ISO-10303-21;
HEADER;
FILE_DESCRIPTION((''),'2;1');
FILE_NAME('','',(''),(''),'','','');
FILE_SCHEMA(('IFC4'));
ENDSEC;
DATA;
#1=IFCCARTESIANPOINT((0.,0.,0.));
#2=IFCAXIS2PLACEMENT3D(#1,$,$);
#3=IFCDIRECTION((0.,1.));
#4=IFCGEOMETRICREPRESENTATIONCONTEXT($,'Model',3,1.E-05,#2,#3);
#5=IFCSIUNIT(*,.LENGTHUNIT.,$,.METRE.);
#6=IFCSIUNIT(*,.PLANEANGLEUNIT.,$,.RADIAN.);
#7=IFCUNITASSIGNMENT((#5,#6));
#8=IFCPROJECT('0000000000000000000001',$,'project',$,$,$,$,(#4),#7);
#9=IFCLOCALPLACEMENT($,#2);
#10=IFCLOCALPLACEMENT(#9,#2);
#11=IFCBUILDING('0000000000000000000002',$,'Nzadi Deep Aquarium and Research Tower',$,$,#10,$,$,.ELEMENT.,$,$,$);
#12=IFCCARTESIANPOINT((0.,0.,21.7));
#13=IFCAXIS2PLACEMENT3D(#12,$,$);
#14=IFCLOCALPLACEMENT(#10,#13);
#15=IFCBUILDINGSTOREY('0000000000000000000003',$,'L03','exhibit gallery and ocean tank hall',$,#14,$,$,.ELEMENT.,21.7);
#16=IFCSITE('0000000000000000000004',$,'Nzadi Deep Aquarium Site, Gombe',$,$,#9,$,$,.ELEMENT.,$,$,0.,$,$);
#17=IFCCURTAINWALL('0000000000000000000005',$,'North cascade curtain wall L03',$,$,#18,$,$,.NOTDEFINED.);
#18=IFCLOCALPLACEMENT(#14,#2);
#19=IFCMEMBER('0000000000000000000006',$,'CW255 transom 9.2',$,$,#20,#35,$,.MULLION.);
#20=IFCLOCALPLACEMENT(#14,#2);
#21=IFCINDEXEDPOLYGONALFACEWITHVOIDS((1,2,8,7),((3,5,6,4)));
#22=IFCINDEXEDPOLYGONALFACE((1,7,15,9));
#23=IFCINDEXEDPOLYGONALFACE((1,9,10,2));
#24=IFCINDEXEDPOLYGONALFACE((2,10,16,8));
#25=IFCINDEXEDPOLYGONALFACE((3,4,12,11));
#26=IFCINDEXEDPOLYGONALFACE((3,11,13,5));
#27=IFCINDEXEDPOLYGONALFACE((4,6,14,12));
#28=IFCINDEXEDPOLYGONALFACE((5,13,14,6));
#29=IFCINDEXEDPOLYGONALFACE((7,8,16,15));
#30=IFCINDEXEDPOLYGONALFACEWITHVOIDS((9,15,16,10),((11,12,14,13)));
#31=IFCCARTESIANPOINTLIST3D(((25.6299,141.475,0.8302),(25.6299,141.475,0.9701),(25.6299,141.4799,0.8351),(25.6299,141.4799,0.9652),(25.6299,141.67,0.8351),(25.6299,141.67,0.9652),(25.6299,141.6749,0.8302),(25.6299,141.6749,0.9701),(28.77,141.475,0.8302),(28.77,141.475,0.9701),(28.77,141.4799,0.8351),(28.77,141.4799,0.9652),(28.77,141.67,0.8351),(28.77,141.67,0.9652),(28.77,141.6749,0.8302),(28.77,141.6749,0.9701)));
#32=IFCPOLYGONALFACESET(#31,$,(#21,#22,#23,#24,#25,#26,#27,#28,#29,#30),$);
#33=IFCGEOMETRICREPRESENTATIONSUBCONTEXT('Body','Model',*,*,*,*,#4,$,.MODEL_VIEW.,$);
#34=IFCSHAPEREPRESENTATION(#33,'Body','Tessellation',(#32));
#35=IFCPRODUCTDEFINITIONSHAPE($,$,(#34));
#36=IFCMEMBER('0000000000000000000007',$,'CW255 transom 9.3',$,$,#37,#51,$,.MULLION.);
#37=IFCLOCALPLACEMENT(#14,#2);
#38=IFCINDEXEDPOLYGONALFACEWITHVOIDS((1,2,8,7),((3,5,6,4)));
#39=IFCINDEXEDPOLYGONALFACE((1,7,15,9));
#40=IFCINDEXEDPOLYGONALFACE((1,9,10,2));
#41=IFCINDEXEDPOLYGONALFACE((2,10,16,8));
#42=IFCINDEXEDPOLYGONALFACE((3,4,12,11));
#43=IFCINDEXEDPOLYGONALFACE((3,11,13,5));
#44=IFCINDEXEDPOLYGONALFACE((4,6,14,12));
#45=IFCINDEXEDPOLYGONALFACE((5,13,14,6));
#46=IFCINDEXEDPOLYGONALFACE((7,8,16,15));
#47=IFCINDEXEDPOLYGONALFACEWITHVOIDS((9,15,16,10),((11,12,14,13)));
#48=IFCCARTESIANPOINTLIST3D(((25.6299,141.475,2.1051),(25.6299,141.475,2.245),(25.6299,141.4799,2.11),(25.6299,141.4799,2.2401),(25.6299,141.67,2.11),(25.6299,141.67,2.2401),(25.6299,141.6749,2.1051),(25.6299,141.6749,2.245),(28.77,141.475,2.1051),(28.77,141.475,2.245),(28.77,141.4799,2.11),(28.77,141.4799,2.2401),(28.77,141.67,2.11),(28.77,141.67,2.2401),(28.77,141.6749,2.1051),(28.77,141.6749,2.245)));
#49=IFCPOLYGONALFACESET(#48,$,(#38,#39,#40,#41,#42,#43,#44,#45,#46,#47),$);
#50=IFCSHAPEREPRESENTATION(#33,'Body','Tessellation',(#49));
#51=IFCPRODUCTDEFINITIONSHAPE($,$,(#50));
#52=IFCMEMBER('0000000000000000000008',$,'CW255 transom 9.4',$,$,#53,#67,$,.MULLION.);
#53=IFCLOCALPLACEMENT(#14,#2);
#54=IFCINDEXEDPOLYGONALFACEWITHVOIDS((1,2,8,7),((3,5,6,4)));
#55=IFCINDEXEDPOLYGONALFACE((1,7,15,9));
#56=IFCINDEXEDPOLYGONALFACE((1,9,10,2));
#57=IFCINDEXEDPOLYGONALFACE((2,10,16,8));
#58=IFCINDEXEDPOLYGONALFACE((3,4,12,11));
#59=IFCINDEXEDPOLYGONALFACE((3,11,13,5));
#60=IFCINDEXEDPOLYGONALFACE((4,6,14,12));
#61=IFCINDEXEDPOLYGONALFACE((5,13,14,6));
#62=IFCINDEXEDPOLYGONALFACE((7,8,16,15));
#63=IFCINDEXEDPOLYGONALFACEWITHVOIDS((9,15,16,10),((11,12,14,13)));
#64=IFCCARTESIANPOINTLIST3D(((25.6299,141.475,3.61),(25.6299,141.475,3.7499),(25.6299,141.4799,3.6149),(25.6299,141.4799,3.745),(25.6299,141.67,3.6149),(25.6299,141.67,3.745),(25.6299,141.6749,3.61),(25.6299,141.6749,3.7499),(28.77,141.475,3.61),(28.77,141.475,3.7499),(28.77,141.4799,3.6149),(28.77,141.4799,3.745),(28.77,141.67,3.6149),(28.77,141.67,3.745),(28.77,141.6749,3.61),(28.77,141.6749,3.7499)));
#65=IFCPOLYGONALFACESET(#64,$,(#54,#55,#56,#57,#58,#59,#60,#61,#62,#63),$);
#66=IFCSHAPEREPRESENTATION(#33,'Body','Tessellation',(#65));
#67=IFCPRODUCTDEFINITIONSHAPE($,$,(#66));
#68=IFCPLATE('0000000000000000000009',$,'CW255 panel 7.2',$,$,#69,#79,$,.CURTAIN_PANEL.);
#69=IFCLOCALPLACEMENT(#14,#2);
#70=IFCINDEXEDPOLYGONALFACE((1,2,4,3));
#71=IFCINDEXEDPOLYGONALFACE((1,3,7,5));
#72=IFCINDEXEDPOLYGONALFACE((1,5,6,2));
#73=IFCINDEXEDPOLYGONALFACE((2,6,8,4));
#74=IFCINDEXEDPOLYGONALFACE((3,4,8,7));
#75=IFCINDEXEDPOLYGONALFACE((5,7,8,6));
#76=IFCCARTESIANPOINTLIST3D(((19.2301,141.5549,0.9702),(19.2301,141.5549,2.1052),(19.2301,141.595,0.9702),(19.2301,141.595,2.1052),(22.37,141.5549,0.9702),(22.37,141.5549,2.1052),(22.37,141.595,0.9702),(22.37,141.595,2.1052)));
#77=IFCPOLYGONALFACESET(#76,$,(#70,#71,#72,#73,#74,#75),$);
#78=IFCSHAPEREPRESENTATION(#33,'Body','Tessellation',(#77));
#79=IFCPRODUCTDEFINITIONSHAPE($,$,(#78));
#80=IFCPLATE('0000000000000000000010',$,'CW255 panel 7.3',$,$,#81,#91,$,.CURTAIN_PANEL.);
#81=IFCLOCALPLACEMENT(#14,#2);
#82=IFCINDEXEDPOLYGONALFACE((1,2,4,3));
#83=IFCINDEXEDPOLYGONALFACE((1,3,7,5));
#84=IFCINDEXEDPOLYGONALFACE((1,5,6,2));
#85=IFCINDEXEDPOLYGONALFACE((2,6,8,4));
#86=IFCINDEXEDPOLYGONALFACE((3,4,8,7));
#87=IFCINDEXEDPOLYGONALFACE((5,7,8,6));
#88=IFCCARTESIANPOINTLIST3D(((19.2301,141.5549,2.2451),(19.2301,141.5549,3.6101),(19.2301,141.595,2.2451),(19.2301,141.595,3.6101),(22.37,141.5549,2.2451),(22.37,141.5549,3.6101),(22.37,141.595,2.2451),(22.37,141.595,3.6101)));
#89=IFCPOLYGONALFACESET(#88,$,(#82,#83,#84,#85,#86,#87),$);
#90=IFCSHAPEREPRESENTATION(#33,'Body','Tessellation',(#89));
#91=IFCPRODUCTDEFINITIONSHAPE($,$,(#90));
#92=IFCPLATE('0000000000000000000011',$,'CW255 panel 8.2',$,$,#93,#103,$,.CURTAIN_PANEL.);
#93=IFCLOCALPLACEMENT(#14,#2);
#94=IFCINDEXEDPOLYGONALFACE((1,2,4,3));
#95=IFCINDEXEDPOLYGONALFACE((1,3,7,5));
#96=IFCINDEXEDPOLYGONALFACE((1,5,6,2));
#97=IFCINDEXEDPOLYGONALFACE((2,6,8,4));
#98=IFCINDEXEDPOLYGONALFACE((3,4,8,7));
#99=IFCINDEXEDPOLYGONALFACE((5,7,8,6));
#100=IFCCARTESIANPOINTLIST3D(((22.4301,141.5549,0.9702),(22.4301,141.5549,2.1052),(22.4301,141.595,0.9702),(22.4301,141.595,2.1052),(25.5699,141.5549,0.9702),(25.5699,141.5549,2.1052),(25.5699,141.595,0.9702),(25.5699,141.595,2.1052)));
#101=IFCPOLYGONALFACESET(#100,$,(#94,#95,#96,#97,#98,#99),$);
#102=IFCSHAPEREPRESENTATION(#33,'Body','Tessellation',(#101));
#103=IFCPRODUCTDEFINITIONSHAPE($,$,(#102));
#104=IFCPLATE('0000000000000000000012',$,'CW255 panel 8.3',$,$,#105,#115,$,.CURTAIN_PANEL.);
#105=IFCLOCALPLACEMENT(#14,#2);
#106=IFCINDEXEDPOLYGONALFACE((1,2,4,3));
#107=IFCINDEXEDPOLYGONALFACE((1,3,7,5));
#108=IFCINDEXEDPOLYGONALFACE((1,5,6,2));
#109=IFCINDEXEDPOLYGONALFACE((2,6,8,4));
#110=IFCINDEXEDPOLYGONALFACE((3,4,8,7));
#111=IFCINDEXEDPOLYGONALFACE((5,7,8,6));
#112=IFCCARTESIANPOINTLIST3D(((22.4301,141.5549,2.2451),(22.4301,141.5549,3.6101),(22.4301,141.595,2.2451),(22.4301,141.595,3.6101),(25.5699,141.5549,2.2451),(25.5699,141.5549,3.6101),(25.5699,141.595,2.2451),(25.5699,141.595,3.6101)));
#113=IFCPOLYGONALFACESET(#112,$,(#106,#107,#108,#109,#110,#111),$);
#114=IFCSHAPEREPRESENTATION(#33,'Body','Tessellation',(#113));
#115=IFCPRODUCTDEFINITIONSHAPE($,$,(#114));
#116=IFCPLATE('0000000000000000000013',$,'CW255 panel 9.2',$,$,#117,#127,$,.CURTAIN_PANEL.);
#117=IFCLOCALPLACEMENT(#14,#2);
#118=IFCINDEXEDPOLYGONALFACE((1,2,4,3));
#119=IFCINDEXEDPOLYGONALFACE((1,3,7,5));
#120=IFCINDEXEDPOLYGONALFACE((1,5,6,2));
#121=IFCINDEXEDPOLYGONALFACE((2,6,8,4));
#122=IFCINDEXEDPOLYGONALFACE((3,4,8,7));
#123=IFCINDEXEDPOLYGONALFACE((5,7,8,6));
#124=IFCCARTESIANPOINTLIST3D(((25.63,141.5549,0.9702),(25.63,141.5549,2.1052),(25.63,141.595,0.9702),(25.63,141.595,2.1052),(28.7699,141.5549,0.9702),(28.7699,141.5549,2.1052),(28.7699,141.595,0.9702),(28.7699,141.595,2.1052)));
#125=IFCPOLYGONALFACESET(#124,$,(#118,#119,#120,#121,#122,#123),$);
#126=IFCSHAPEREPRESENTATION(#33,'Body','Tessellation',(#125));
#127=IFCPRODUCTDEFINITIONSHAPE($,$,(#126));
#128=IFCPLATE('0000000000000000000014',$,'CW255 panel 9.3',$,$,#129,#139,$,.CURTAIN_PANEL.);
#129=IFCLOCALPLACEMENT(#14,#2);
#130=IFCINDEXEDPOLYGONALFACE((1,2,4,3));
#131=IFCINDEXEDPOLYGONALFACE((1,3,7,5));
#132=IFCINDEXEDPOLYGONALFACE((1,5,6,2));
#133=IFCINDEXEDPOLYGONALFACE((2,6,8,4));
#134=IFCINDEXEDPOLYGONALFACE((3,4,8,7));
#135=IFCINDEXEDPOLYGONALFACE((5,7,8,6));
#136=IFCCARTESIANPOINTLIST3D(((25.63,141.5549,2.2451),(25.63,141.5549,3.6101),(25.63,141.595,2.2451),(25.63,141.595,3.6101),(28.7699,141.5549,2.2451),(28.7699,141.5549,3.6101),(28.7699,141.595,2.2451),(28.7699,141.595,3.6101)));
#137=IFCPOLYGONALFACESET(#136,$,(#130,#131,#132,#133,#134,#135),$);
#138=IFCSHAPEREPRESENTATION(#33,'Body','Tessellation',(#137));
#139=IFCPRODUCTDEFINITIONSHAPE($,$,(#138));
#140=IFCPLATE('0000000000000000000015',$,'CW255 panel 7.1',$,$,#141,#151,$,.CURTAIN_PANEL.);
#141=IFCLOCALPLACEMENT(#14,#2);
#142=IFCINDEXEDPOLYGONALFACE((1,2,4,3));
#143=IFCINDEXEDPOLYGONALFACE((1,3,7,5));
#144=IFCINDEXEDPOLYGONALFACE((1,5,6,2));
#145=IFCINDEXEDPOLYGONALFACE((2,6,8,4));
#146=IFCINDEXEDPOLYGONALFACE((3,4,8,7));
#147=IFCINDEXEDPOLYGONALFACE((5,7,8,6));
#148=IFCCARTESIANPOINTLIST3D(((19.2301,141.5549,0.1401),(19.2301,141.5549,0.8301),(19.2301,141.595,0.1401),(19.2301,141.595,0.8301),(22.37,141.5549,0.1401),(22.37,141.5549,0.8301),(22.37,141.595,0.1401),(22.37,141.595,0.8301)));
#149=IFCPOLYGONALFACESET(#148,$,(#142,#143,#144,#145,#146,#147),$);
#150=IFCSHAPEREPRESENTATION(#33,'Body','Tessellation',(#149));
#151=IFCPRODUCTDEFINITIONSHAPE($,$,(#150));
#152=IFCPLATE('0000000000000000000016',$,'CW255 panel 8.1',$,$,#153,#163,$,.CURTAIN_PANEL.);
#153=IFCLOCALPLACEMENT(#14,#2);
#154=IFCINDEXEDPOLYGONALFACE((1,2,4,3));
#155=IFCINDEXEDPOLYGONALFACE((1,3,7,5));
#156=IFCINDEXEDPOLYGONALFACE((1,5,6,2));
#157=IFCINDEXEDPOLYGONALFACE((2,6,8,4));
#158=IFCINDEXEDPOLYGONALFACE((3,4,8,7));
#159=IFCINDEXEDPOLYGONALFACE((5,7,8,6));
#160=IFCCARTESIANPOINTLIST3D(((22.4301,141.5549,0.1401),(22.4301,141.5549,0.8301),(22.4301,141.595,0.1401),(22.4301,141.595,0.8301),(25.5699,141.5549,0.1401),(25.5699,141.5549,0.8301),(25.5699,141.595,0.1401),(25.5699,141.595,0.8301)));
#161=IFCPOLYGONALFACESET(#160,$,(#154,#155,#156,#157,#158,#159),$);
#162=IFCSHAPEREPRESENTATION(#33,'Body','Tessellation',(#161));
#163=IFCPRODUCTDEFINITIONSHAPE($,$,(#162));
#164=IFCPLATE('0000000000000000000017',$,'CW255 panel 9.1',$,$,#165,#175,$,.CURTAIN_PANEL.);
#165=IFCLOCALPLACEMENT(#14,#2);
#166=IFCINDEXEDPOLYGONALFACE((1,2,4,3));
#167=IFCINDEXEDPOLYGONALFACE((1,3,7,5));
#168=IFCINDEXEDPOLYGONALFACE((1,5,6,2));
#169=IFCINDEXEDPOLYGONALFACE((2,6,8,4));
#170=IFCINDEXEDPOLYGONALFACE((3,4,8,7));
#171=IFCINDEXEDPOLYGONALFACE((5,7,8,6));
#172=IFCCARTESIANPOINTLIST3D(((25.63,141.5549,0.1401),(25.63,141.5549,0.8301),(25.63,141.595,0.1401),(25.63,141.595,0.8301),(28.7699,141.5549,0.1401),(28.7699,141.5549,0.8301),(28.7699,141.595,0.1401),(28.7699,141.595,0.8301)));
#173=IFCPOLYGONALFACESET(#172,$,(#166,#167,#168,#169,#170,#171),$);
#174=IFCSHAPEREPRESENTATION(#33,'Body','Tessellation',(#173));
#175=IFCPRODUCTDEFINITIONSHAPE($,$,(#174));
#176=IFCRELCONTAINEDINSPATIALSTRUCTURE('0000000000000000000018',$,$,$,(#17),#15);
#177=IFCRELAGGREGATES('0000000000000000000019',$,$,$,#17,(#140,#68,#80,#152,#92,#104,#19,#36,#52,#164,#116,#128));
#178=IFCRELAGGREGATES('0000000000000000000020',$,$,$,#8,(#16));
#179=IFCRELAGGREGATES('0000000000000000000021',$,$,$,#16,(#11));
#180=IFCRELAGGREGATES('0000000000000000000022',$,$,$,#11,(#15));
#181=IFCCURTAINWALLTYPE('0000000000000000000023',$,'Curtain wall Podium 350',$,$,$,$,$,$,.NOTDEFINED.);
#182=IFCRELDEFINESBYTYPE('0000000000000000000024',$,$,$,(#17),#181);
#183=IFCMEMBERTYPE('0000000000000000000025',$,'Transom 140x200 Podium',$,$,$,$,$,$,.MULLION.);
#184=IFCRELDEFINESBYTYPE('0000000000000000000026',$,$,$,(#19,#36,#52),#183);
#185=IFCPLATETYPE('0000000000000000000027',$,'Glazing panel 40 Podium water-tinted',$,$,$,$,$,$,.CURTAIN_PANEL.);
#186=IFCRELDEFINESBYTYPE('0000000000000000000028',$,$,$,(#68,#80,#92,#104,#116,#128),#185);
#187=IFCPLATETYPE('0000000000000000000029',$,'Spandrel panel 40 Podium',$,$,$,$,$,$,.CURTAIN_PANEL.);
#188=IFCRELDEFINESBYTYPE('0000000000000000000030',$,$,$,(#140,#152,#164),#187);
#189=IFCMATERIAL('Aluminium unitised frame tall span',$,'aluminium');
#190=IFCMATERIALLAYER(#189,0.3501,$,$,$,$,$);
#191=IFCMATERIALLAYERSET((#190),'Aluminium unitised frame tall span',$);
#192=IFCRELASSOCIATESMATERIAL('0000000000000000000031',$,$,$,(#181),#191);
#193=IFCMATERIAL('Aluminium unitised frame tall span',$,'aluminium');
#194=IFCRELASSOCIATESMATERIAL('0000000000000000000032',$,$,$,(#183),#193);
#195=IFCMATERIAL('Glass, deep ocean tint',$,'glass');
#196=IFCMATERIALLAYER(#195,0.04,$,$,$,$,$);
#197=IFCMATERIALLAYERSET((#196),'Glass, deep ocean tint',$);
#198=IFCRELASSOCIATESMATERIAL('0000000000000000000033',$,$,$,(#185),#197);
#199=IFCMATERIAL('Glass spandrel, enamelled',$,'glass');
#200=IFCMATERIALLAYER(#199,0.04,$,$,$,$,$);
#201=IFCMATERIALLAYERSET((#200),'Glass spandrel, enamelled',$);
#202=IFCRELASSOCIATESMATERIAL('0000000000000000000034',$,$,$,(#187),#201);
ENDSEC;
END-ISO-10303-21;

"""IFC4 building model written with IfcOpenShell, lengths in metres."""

from ifc_helpers import new_model, si_unit, direction, frame, origin, origin_2d, place, context, subcontext, project, spatial, rectangle, hollow_rectangle, extrude, material, layer, layer_set, material_profile, profile_set, type_object, element, aggregate, save


model = new_model("IFC4")

# Units and contexts
model_context = context("Model", 3, precision=1e-05, world=origin(), true_north=direction((0.0, 1.0)))
body_context = subcontext(model_context, "Body", "Model", "MODEL_VIEW")
ifc_project = project(units=[si_unit("LENGTHUNIT", "METRE"), si_unit("PLANEANGLEUNIT", "RADIAN")], contexts=[model_context])

# Site, building, storey
site_placement = place(None, origin())
site = spatial("IfcSite", under=ifc_project, at=site_placement, Name="Nzadi Deep Aquarium Site, Gombe", CompositionType="ELEMENT", RefElevation=0.0)
building_placement = place(site_placement, origin())
building = spatial("IfcBuilding", under=site, at=building_placement, Name="Nzadi Deep Aquarium and Research Tower", CompositionType="ELEMENT")
storey_placement = place(building_placement, frame((0.0, 0.0, 21.7)))
storey = spatial("IfcBuildingStorey", under=building, at=storey_placement, Name="L03", Description="exhibit gallery and ocean tank hall", CompositionType="ELEMENT", Elevation=21.7)

# Curtain wall
ifc_material_1 = material(Name="Aluminium unitised frame tall span", Category="aluminium")
ifc_layer_1 = layer(ifc_material_1, 0.3501)
ifc_layer_set_1 = layer_set([ifc_layer_1], Name="Aluminium unitised frame tall span")
curtain_wall_type = type_object("IfcCurtainWallType", Name="Curtain wall Podium 350", PredefinedType="NOTDEFINED", material=ifc_layer_set_1)
curtain_wall_placement = place(storey_placement, origin())
curtain_wall = element("IfcCurtainWall", 1, at=curtain_wall_placement, inside=storey, type_object=curtain_wall_type, Name="North cascade curtain wall L03", PredefinedType="NOTDEFINED")

# Members
ifc_material_2 = material(Name="Aluminium unitised frame tall span", Category="aluminium")
ifc_material_profile_1 = material_profile(ifc_material_2, hollow_rectangle(XDim=0.2, YDim=0.1399, WallThickness=0.0049, at=origin_2d()))
ifc_profile_set_1 = profile_set([ifc_material_profile_1], Name="Aluminium unitised frame tall span")
member_type_1 = type_object("IfcMemberType", Name="Transom 140x200 Podium", PredefinedType="MULLION", material=ifc_profile_set_1)
member_1_placement = place(storey_placement, frame((25.6299, 141.575, 0.9001), z_axis=(1.0, 0.0, 0.0), x_axis=(0.0, 1.0, 0.0)))
member_1 = element("IfcMember", 2, at=member_1_placement, type_object=member_type_1, Name="CW255 transom 9.2", PredefinedType="MULLION", context=body_context, shape_type="SweptSolid", body=[
    extrude(hollow_rectangle(XDim=0.2, YDim=0.1399, WallThickness=0.0049, at=origin_2d()), origin(), (0.0, 0.0, 1.0), 3.1401),
])
member_2_placement = place(storey_placement, frame((25.6299, 141.575, 2.175), z_axis=(1.0, 0.0, 0.0), x_axis=(0.0, 1.0, 0.0)))
member_2 = element("IfcMember", 3, at=member_2_placement, type_object=member_type_1, Name="CW255 transom 9.3", PredefinedType="MULLION", context=body_context, shape_type="SweptSolid", body=[
    extrude(hollow_rectangle(XDim=0.2, YDim=0.1399, WallThickness=0.0049, at=origin_2d()), origin(), (0.0, 0.0, 1.0), 3.1401),
])
member_3_placement = place(storey_placement, frame((25.6299, 141.575, 3.6799), z_axis=(1.0, 0.0, 0.0), x_axis=(0.0, 1.0, 0.0)))
member_3 = element("IfcMember", 4, at=member_3_placement, type_object=member_type_1, Name="CW255 transom 9.4", PredefinedType="MULLION", context=body_context, shape_type="SweptSolid", body=[
    extrude(hollow_rectangle(XDim=0.2, YDim=0.1399, WallThickness=0.0049, at=origin_2d()), origin(), (0.0, 0.0, 1.0), 3.1401),
])

# Plates
ifc_material_3 = material(Name="Glass, deep ocean tint", Category="glass")
ifc_layer_2 = layer(ifc_material_3, 0.04)
ifc_layer_set_2 = layer_set([ifc_layer_2], Name="Glass, deep ocean tint")
plate_type_1 = type_object("IfcPlateType", Name="Glazing panel 40 Podium water-tinted", PredefinedType="CURTAIN_PANEL", material=ifc_layer_set_2)
plate_1_placement = place(storey_placement, frame((20.8, 141.575, 0.9702), z_axis=(0.0, 0.0, 1.0), x_axis=(1.0, 0.0, 0.0)))
plate_1 = element("IfcPlate", 5, at=plate_1_placement, type_object=plate_type_1, Name="CW255 panel 7.2", PredefinedType="CURTAIN_PANEL", context=body_context, shape_type="SweptSolid", body=[
    extrude(rectangle(XDim=3.1399, YDim=0.04, at=origin_2d()), origin(), (0.0, 0.0, 1.0), 1.135),
])
plate_2_placement = place(storey_placement, frame((20.8, 141.575, 2.2451), z_axis=(0.0, 0.0, 1.0), x_axis=(1.0, 0.0, 0.0)))
plate_2 = element("IfcPlate", 6, at=plate_2_placement, type_object=plate_type_1, Name="CW255 panel 7.3", PredefinedType="CURTAIN_PANEL", context=body_context, shape_type="SweptSolid", body=[
    extrude(rectangle(XDim=3.1399, YDim=0.04, at=origin_2d()), origin(), (0.0, 0.0, 1.0), 1.365),
])
plate_3_placement = place(storey_placement, frame((24.0, 141.575, 0.9702), z_axis=(0.0, 0.0, 1.0), x_axis=(1.0, 0.0, 0.0)))
plate_3 = element("IfcPlate", 7, at=plate_3_placement, type_object=plate_type_1, Name="CW255 panel 8.2", PredefinedType="CURTAIN_PANEL", context=body_context, shape_type="SweptSolid", body=[
    extrude(rectangle(XDim=3.1399, YDim=0.04, at=origin_2d()), origin(), (0.0, 0.0, 1.0), 1.135),
])
plate_4_placement = place(storey_placement, frame((24.0, 141.575, 2.2451), z_axis=(0.0, 0.0, 1.0), x_axis=(1.0, 0.0, 0.0)))
plate_4 = element("IfcPlate", 8, at=plate_4_placement, type_object=plate_type_1, Name="CW255 panel 8.3", PredefinedType="CURTAIN_PANEL", context=body_context, shape_type="SweptSolid", body=[
    extrude(rectangle(XDim=3.1399, YDim=0.04, at=origin_2d()), origin(), (0.0, 0.0, 1.0), 1.365),
])
plate_5_placement = place(storey_placement, frame((27.2, 141.575, 0.9702), z_axis=(0.0, 0.0, 1.0), x_axis=(1.0, 0.0, 0.0)))
plate_5 = element("IfcPlate", 9, at=plate_5_placement, type_object=plate_type_1, Name="CW255 panel 9.2", PredefinedType="CURTAIN_PANEL", context=body_context, shape_type="SweptSolid", body=[
    extrude(rectangle(XDim=3.1399, YDim=0.04, at=origin_2d()), origin(), (0.0, 0.0, 1.0), 1.135),
])
plate_6_placement = place(storey_placement, frame((27.2, 141.575, 2.2451), z_axis=(0.0, 0.0, 1.0), x_axis=(1.0, 0.0, 0.0)))
plate_6 = element("IfcPlate", 10, at=plate_6_placement, type_object=plate_type_1, Name="CW255 panel 9.3", PredefinedType="CURTAIN_PANEL", context=body_context, shape_type="SweptSolid", body=[
    extrude(rectangle(XDim=3.1399, YDim=0.04, at=origin_2d()), origin(), (0.0, 0.0, 1.0), 1.365),
])
ifc_material_4 = material(Name="Glass spandrel, enamelled", Category="glass")
ifc_layer_3 = layer(ifc_material_4, 0.04)
ifc_layer_set_3 = layer_set([ifc_layer_3], Name="Glass spandrel, enamelled")
plate_type_2 = type_object("IfcPlateType", Name="Spandrel panel 40 Podium", PredefinedType="CURTAIN_PANEL", material=ifc_layer_set_3)
plate_7_placement = place(storey_placement, frame((20.8, 141.575, 0.1401), z_axis=(0.0, 0.0, 1.0), x_axis=(1.0, 0.0, 0.0)))
plate_7 = element("IfcPlate", 11, at=plate_7_placement, type_object=plate_type_2, Name="CW255 panel 7.1", PredefinedType="CURTAIN_PANEL", context=body_context, shape_type="SweptSolid", body=[
    extrude(rectangle(XDim=3.1399, YDim=0.04, at=origin_2d()), origin(), (0.0, 0.0, 1.0), 0.6899),
])
plate_8_placement = place(storey_placement, frame((24.0, 141.575, 0.1401), z_axis=(0.0, 0.0, 1.0), x_axis=(1.0, 0.0, 0.0)))
plate_8 = element("IfcPlate", 12, at=plate_8_placement, type_object=plate_type_2, Name="CW255 panel 8.1", PredefinedType="CURTAIN_PANEL", context=body_context, shape_type="SweptSolid", body=[
    extrude(rectangle(XDim=3.1399, YDim=0.04, at=origin_2d()), origin(), (0.0, 0.0, 1.0), 0.6899),
])
plate_9_placement = place(storey_placement, frame((27.2, 141.575, 0.1401), z_axis=(0.0, 0.0, 1.0), x_axis=(1.0, 0.0, 0.0)))
plate_9 = element("IfcPlate", 13, at=plate_9_placement, type_object=plate_type_2, Name="CW255 panel 9.1", PredefinedType="CURTAIN_PANEL", context=body_context, shape_type="SweptSolid", body=[
    extrude(rectangle(XDim=3.1399, YDim=0.04, at=origin_2d()), origin(), (0.0, 0.0, 1.0), 0.6899),
])
aggregate(curtain_wall, [plate_7, plate_1, plate_2, plate_8, plate_3, plate_4, member_1, member_2, member_3, plate_9, plate_5, plate_6])

save(model, "model.ifc")
